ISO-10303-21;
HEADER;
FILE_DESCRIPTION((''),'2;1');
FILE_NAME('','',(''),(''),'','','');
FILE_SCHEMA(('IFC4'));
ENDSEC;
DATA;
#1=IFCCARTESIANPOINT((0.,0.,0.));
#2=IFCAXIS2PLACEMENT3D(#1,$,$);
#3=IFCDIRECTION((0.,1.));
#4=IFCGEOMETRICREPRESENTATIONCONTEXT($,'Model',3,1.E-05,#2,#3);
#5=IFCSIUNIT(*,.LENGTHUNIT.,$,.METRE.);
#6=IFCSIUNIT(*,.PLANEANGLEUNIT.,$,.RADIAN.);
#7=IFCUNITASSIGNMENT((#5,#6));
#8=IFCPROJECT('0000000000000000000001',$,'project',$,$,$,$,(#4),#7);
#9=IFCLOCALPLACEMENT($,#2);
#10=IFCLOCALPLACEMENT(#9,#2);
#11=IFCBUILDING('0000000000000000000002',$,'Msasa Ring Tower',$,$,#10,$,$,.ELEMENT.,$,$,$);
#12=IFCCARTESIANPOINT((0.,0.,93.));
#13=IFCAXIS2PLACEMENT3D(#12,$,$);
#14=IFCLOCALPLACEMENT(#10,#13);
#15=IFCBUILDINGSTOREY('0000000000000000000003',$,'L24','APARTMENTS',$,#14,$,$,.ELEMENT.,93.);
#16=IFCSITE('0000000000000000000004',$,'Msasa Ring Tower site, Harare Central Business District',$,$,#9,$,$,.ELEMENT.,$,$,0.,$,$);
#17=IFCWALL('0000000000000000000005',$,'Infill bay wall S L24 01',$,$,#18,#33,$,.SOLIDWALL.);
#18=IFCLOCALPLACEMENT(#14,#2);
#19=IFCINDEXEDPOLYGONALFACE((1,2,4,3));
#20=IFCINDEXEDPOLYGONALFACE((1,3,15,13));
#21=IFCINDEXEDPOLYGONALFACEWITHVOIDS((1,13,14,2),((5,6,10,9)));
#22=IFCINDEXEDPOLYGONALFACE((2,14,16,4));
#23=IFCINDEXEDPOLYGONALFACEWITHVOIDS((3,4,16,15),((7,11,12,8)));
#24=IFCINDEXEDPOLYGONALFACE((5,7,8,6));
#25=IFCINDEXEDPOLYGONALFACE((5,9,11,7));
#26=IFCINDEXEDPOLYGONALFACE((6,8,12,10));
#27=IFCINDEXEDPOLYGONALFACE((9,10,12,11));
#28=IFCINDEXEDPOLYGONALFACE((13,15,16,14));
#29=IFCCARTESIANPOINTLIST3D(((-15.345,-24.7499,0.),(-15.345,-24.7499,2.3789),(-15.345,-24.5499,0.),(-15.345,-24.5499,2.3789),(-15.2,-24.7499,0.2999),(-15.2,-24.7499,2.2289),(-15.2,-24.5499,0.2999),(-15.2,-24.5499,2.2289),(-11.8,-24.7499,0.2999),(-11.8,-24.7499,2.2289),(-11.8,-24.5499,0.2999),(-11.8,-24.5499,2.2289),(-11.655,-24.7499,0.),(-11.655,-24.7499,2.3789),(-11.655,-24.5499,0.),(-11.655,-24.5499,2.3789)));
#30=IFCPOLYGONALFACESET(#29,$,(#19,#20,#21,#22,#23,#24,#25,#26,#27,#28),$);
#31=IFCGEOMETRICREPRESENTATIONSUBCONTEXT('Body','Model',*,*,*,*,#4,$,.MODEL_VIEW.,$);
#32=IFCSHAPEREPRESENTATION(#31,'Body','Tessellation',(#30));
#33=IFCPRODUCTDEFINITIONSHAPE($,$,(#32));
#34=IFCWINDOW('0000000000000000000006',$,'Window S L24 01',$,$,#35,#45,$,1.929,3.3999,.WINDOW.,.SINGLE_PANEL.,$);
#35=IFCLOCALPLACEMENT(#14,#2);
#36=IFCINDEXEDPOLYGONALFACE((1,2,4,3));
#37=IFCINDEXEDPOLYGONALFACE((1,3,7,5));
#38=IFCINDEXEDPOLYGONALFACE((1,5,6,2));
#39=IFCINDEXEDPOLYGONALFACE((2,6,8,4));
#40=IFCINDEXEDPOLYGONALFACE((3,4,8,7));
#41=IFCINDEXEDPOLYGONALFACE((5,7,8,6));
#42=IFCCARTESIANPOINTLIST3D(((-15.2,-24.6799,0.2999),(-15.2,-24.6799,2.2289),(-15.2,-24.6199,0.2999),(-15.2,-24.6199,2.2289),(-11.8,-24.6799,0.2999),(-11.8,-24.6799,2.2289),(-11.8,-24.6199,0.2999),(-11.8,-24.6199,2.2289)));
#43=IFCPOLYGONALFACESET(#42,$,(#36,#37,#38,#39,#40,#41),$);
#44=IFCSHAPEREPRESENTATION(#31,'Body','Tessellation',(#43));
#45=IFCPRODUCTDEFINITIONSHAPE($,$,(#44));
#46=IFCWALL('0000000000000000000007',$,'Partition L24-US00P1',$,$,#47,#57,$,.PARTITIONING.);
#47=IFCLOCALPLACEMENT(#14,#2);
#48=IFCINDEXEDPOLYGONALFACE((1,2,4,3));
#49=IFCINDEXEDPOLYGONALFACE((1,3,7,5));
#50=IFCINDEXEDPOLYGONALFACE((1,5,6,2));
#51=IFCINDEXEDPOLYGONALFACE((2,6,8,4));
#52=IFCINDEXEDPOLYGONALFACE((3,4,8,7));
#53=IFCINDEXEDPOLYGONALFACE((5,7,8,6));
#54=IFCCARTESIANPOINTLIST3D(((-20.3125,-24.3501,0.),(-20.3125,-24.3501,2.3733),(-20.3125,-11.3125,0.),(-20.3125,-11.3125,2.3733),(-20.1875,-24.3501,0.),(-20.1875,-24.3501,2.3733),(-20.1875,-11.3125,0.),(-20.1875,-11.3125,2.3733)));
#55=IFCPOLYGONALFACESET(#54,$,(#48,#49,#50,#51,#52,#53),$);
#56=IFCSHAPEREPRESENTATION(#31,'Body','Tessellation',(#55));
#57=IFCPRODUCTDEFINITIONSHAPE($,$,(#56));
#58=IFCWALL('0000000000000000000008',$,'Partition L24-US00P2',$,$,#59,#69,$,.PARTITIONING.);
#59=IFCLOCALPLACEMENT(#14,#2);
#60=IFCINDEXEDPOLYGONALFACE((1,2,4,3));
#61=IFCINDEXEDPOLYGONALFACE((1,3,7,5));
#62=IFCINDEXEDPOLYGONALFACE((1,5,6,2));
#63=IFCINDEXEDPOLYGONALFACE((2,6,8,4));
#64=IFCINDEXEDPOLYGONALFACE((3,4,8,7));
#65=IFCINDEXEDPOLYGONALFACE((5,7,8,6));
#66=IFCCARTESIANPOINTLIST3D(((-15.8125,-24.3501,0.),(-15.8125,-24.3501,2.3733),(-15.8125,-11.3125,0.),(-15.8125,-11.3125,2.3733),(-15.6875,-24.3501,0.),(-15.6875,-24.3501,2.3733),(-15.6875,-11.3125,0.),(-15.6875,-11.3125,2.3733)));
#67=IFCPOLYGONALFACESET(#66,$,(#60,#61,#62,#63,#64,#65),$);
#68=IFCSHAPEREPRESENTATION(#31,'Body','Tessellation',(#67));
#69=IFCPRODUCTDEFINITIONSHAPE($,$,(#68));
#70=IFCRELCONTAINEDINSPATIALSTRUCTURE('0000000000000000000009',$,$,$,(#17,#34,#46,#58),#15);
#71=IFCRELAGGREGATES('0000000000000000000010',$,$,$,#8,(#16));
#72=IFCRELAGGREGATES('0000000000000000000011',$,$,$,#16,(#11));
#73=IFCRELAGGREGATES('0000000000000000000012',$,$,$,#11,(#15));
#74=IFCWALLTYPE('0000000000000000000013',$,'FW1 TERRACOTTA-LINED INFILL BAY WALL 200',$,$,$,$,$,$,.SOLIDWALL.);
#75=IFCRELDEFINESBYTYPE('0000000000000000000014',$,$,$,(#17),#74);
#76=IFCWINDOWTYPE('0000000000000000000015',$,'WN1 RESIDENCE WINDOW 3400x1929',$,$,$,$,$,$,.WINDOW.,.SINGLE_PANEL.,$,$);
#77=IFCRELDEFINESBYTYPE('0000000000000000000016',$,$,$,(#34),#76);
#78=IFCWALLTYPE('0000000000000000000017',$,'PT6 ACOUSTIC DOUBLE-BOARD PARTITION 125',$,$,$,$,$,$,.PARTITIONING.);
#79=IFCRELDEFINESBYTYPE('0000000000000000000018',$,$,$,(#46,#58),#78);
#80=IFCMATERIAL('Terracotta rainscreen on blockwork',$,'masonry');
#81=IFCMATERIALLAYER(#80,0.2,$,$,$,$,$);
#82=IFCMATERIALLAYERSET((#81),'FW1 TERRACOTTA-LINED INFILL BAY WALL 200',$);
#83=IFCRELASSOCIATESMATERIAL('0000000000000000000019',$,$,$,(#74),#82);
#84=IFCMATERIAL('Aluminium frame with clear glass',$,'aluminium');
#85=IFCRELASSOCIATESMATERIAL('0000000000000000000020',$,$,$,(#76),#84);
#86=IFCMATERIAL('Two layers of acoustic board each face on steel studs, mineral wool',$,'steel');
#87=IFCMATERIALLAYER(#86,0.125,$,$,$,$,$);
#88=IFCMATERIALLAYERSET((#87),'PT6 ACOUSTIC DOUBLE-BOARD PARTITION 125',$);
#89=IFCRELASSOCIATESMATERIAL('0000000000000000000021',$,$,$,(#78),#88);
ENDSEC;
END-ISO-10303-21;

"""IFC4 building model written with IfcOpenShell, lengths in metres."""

from ifc_helpers import new_model, si_unit, direction, frame, frame_2d, origin, place, context, subcontext, project, spatial, rectangle, extrude, material, layer, layer_set, type_object, element, fill, save


model = new_model("IFC4")

# Units and contexts
model_context = context("Model", 3, precision=1e-05, world=origin(), true_north=direction((0.0, 1.0)))
body_context = subcontext(model_context, "Body", "Model", "MODEL_VIEW")
ifc_project = project(units=[si_unit("LENGTHUNIT", "METRE"), si_unit("PLANEANGLEUNIT", "RADIAN")], contexts=[model_context])

# Site, building, storey
site_placement = place(None, origin())
site = spatial("IfcSite", under=ifc_project, at=site_placement, Name="Msasa Ring Tower site, Harare Central Business District", CompositionType="ELEMENT", RefElevation=0.0)
building_placement = place(site_placement, origin())
building = spatial("IfcBuilding", under=site, at=building_placement, Name="Msasa Ring Tower", CompositionType="ELEMENT")
storey_placement = place(building_placement, frame((0.0, 0.0, 93.0)))
storey = spatial("IfcBuildingStorey", under=building, at=storey_placement, Name="L24", Description="APARTMENTS", CompositionType="ELEMENT", Elevation=93.0)

# Wall, opening, window
ifc_material_1 = material(Name="Terracotta rainscreen on blockwork", Category="masonry")
ifc_layer_1 = layer(ifc_material_1, 0.2)
ifc_layer_set_1 = layer_set([ifc_layer_1], Name="FW1 TERRACOTTA-LINED INFILL BAY WALL 200")
wall_type_1 = type_object("IfcWallType", Name="FW1 TERRACOTTA-LINED INFILL BAY WALL 200", PredefinedType="SOLIDWALL", material=ifc_layer_set_1)
ifc_material_2 = material(Name="Aluminium frame with clear glass", Category="aluminium")
window_type = type_object("IfcWindowType", Name="WN1 RESIDENCE WINDOW 3400x1929", PartitioningType="SINGLE_PANEL", PredefinedType="WINDOW", material=ifc_material_2)
wall_1_placement = place(storey_placement, frame((-15.345, -24.6499, 0.0), z_axis=(0.0, 0.0, 1.0), x_axis=(1.0, 0.0, 0.0)))
wall_1 = element("IfcWall", 1, at=wall_1_placement, inside=storey, type_object=wall_type_1, Name="Infill bay wall S L24 01", PredefinedType="SOLIDWALL", context=body_context, shape_type="SweptSolid", body=[
    extrude(rectangle(XDim=3.6899, YDim=0.2, at=frame_2d((1.845, 0.0))), origin(), (0.0, 0.0, 1.0), 2.3789),
])
opening_1_placement = place(wall_1_placement, frame((0.145, 0.0, 0.3)))
opening_1 = element("IfcOpeningElement", 2, at=opening_1_placement, cuts=wall_1, PredefinedType="OPENING", context=body_context, shape_type="SweptSolid", body=[
    extrude(rectangle(XDim=3.3999, YDim=1.929, at=frame_2d((1.7, 0.9644))), frame((0.0, 0.1099, 0.0), z_axis=(0.0, -1.0, 0.0), x_axis=(1.0, 0.0, 0.0)), (0.0, 0.0, 1.0), 0.22),
])
window_1_placement = place(opening_1_placement, origin())
window_1 = element("IfcWindow", 3, at=window_1_placement, inside=storey, type_object=window_type, Name="Window S L24 01", OverallHeight=1.929, OverallWidth=3.3999, PartitioningType="SINGLE_PANEL", PredefinedType="WINDOW", context=body_context, shape_type="SweptSolid", body=[
    extrude(rectangle(XDim=3.3999, YDim=1.929, at=frame_2d((1.7, 0.9644))), frame((0.0, 0.03, 0.0), z_axis=(0.0, -1.0, 0.0), x_axis=(1.0, 0.0, 0.0)), (0.0, 0.0, 1.0), 0.0601),
])
fill(opening_1, window_1)

# Walls
ifc_material_3 = material(Name="Two layers of acoustic board each face on steel studs, mineral wool", Category="steel")
ifc_layer_2 = layer(ifc_material_3, 0.125)
ifc_layer_set_2 = layer_set([ifc_layer_2], Name="PT6 ACOUSTIC DOUBLE-BOARD PARTITION 125")
wall_type_2 = type_object("IfcWallType", Name="PT6 ACOUSTIC DOUBLE-BOARD PARTITION 125", PredefinedType="PARTITIONING", material=ifc_layer_set_2)
for number, where, z_axis, x_axis, name in (
    (4, (-20.25, -24.3501, 0.0), (0.0, 0.0, 1.0), (0.0, 1.0, 0.0), "Partition L24-US00P1"),
    (5, (-15.75, -24.3501, 0.0), (0.0, 0.0, 1.0), (0.0, 1.0, 0.0), "Partition L24-US00P2"),
):
    element("IfcWall", number, at=place(storey_placement, frame(where, z_axis=z_axis, x_axis=x_axis)), inside=storey, type_object=wall_type_2, Name=name, PredefinedType="PARTITIONING", context=body_context, shape_type="SweptSolid", body=[
        extrude(rectangle(XDim=13.0376, YDim=0.125, at=frame_2d((6.5188, 0.0))), origin(), (0.0, 0.0, 1.0), 2.3733),
    ])

save(model, "model.ifc")
